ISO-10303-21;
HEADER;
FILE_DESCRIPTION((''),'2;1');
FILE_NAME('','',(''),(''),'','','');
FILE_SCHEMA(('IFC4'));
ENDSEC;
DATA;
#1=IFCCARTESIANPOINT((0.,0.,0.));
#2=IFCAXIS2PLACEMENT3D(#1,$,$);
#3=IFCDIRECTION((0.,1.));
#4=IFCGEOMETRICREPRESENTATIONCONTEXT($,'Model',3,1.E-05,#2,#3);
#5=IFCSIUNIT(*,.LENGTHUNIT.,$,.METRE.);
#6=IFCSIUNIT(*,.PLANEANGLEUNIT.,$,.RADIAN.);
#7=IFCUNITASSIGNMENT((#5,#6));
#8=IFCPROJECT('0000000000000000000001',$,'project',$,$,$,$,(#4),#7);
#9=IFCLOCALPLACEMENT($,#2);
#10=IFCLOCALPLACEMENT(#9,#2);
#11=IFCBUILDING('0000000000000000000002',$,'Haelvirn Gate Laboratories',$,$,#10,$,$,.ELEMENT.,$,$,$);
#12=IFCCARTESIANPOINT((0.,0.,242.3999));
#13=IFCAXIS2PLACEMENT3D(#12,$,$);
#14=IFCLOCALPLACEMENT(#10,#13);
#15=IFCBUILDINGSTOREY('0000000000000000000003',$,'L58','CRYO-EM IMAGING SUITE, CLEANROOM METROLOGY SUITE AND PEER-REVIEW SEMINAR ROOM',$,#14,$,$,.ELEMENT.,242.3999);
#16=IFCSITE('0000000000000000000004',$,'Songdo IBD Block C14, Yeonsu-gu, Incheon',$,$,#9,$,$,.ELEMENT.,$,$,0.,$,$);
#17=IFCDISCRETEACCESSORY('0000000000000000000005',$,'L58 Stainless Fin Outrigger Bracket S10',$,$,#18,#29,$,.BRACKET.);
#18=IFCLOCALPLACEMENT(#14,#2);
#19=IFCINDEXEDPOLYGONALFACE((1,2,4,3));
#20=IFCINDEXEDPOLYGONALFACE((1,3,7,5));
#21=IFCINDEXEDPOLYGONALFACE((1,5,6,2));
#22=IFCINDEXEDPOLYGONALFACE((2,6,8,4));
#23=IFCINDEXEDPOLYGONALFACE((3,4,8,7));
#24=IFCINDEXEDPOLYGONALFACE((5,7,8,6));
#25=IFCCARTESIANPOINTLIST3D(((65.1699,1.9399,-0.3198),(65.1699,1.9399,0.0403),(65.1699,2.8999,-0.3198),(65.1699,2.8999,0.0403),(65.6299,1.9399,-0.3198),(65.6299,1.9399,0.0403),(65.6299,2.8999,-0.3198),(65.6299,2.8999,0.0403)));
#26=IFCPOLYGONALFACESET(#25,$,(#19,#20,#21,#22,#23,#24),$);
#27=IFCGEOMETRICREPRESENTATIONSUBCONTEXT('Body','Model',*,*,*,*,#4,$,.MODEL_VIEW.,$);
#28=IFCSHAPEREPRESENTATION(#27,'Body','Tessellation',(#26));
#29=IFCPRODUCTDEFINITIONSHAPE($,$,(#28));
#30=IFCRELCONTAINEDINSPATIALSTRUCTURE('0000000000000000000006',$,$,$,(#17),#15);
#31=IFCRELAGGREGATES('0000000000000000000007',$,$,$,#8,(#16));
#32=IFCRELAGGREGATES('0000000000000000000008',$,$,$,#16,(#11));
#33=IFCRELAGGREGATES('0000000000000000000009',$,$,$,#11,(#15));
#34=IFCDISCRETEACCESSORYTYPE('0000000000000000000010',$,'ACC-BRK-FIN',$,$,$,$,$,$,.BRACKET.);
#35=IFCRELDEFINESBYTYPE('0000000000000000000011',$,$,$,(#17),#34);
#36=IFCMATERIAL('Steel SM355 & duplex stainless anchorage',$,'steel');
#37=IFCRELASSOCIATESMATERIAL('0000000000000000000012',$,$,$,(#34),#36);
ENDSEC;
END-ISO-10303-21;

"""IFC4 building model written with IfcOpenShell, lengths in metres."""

from ifc_helpers import new_model, si_unit, direction, frame, origin, origin_2d, place, context, subcontext, project, spatial, rectangle, extrude, source, transform, mapped, material, type_object, type_shapes, element, save


model = new_model("IFC4")

# Units and contexts
model_context = context("Model", 3, precision=1e-05, world=origin(), true_north=direction((0.0, 1.0)))
body_context = subcontext(model_context, "Body", "Model", "MODEL_VIEW")
ifc_project = project(units=[si_unit("LENGTHUNIT", "METRE"), si_unit("PLANEANGLEUNIT", "RADIAN")], contexts=[model_context])

# Site, building, storey
site_placement = place(None, origin())
site = spatial("IfcSite", under=ifc_project, at=site_placement, Name="Songdo IBD Block C14, Yeonsu-gu, Incheon", CompositionType="ELEMENT", RefElevation=0.0)
building_placement = place(site_placement, origin())
building = spatial("IfcBuilding", under=site, at=building_placement, Name="Haelvirn Gate Laboratories", CompositionType="ELEMENT")
storey_placement = place(building_placement, frame((0.0, 0.0, 242.3999)))
storey = spatial("IfcBuildingStorey", under=building, at=storey_placement, Name="L58", Description="CRYO-EM IMAGING SUITE, CLEANROOM METROLOGY SUITE AND PEER-REVIEW SEMINAR ROOM", CompositionType="ELEMENT", Elevation=242.3999)

# Discrete accessory
ifc_material_1 = material(Name="Steel SM355 & duplex stainless anchorage", Category="steel")
discrete_accessory_type = type_object("IfcDiscreteAccessoryType", Name="ACC-BRK-FIN", PredefinedType="BRACKET", material=ifc_material_1)
shared_shape_1 = source(origin(), body_context, "Body", "SweptSolid", [
    extrude(rectangle(XDim=0.46, YDim=0.96, at=origin_2d()), origin(), (0.0, 0.0, 1.0), 0.3601),
])
type_shapes(discrete_accessory_type, [shared_shape_1])
for number, where, z_axis, x_axis, name in (
    (1, (65.3999, 2.4199, -0.3198), (0.0, 0.0, 1.0), (1.0, 0.0, 0.0), "L58 Stainless Fin Outrigger Bracket S10"),
):
    element("IfcDiscreteAccessory", number, at=place(storey_placement, frame(where, z_axis=z_axis, x_axis=x_axis)), inside=storey, type_object=discrete_accessory_type, Name=name, PredefinedType="BRACKET", context=body_context, shape_type="MappedRepresentation", body=[
        mapped(shared_shape_1, transform((0.0, 0.0, 0.0), scale=1.0)),
    ])

save(model, "model.ifc")
